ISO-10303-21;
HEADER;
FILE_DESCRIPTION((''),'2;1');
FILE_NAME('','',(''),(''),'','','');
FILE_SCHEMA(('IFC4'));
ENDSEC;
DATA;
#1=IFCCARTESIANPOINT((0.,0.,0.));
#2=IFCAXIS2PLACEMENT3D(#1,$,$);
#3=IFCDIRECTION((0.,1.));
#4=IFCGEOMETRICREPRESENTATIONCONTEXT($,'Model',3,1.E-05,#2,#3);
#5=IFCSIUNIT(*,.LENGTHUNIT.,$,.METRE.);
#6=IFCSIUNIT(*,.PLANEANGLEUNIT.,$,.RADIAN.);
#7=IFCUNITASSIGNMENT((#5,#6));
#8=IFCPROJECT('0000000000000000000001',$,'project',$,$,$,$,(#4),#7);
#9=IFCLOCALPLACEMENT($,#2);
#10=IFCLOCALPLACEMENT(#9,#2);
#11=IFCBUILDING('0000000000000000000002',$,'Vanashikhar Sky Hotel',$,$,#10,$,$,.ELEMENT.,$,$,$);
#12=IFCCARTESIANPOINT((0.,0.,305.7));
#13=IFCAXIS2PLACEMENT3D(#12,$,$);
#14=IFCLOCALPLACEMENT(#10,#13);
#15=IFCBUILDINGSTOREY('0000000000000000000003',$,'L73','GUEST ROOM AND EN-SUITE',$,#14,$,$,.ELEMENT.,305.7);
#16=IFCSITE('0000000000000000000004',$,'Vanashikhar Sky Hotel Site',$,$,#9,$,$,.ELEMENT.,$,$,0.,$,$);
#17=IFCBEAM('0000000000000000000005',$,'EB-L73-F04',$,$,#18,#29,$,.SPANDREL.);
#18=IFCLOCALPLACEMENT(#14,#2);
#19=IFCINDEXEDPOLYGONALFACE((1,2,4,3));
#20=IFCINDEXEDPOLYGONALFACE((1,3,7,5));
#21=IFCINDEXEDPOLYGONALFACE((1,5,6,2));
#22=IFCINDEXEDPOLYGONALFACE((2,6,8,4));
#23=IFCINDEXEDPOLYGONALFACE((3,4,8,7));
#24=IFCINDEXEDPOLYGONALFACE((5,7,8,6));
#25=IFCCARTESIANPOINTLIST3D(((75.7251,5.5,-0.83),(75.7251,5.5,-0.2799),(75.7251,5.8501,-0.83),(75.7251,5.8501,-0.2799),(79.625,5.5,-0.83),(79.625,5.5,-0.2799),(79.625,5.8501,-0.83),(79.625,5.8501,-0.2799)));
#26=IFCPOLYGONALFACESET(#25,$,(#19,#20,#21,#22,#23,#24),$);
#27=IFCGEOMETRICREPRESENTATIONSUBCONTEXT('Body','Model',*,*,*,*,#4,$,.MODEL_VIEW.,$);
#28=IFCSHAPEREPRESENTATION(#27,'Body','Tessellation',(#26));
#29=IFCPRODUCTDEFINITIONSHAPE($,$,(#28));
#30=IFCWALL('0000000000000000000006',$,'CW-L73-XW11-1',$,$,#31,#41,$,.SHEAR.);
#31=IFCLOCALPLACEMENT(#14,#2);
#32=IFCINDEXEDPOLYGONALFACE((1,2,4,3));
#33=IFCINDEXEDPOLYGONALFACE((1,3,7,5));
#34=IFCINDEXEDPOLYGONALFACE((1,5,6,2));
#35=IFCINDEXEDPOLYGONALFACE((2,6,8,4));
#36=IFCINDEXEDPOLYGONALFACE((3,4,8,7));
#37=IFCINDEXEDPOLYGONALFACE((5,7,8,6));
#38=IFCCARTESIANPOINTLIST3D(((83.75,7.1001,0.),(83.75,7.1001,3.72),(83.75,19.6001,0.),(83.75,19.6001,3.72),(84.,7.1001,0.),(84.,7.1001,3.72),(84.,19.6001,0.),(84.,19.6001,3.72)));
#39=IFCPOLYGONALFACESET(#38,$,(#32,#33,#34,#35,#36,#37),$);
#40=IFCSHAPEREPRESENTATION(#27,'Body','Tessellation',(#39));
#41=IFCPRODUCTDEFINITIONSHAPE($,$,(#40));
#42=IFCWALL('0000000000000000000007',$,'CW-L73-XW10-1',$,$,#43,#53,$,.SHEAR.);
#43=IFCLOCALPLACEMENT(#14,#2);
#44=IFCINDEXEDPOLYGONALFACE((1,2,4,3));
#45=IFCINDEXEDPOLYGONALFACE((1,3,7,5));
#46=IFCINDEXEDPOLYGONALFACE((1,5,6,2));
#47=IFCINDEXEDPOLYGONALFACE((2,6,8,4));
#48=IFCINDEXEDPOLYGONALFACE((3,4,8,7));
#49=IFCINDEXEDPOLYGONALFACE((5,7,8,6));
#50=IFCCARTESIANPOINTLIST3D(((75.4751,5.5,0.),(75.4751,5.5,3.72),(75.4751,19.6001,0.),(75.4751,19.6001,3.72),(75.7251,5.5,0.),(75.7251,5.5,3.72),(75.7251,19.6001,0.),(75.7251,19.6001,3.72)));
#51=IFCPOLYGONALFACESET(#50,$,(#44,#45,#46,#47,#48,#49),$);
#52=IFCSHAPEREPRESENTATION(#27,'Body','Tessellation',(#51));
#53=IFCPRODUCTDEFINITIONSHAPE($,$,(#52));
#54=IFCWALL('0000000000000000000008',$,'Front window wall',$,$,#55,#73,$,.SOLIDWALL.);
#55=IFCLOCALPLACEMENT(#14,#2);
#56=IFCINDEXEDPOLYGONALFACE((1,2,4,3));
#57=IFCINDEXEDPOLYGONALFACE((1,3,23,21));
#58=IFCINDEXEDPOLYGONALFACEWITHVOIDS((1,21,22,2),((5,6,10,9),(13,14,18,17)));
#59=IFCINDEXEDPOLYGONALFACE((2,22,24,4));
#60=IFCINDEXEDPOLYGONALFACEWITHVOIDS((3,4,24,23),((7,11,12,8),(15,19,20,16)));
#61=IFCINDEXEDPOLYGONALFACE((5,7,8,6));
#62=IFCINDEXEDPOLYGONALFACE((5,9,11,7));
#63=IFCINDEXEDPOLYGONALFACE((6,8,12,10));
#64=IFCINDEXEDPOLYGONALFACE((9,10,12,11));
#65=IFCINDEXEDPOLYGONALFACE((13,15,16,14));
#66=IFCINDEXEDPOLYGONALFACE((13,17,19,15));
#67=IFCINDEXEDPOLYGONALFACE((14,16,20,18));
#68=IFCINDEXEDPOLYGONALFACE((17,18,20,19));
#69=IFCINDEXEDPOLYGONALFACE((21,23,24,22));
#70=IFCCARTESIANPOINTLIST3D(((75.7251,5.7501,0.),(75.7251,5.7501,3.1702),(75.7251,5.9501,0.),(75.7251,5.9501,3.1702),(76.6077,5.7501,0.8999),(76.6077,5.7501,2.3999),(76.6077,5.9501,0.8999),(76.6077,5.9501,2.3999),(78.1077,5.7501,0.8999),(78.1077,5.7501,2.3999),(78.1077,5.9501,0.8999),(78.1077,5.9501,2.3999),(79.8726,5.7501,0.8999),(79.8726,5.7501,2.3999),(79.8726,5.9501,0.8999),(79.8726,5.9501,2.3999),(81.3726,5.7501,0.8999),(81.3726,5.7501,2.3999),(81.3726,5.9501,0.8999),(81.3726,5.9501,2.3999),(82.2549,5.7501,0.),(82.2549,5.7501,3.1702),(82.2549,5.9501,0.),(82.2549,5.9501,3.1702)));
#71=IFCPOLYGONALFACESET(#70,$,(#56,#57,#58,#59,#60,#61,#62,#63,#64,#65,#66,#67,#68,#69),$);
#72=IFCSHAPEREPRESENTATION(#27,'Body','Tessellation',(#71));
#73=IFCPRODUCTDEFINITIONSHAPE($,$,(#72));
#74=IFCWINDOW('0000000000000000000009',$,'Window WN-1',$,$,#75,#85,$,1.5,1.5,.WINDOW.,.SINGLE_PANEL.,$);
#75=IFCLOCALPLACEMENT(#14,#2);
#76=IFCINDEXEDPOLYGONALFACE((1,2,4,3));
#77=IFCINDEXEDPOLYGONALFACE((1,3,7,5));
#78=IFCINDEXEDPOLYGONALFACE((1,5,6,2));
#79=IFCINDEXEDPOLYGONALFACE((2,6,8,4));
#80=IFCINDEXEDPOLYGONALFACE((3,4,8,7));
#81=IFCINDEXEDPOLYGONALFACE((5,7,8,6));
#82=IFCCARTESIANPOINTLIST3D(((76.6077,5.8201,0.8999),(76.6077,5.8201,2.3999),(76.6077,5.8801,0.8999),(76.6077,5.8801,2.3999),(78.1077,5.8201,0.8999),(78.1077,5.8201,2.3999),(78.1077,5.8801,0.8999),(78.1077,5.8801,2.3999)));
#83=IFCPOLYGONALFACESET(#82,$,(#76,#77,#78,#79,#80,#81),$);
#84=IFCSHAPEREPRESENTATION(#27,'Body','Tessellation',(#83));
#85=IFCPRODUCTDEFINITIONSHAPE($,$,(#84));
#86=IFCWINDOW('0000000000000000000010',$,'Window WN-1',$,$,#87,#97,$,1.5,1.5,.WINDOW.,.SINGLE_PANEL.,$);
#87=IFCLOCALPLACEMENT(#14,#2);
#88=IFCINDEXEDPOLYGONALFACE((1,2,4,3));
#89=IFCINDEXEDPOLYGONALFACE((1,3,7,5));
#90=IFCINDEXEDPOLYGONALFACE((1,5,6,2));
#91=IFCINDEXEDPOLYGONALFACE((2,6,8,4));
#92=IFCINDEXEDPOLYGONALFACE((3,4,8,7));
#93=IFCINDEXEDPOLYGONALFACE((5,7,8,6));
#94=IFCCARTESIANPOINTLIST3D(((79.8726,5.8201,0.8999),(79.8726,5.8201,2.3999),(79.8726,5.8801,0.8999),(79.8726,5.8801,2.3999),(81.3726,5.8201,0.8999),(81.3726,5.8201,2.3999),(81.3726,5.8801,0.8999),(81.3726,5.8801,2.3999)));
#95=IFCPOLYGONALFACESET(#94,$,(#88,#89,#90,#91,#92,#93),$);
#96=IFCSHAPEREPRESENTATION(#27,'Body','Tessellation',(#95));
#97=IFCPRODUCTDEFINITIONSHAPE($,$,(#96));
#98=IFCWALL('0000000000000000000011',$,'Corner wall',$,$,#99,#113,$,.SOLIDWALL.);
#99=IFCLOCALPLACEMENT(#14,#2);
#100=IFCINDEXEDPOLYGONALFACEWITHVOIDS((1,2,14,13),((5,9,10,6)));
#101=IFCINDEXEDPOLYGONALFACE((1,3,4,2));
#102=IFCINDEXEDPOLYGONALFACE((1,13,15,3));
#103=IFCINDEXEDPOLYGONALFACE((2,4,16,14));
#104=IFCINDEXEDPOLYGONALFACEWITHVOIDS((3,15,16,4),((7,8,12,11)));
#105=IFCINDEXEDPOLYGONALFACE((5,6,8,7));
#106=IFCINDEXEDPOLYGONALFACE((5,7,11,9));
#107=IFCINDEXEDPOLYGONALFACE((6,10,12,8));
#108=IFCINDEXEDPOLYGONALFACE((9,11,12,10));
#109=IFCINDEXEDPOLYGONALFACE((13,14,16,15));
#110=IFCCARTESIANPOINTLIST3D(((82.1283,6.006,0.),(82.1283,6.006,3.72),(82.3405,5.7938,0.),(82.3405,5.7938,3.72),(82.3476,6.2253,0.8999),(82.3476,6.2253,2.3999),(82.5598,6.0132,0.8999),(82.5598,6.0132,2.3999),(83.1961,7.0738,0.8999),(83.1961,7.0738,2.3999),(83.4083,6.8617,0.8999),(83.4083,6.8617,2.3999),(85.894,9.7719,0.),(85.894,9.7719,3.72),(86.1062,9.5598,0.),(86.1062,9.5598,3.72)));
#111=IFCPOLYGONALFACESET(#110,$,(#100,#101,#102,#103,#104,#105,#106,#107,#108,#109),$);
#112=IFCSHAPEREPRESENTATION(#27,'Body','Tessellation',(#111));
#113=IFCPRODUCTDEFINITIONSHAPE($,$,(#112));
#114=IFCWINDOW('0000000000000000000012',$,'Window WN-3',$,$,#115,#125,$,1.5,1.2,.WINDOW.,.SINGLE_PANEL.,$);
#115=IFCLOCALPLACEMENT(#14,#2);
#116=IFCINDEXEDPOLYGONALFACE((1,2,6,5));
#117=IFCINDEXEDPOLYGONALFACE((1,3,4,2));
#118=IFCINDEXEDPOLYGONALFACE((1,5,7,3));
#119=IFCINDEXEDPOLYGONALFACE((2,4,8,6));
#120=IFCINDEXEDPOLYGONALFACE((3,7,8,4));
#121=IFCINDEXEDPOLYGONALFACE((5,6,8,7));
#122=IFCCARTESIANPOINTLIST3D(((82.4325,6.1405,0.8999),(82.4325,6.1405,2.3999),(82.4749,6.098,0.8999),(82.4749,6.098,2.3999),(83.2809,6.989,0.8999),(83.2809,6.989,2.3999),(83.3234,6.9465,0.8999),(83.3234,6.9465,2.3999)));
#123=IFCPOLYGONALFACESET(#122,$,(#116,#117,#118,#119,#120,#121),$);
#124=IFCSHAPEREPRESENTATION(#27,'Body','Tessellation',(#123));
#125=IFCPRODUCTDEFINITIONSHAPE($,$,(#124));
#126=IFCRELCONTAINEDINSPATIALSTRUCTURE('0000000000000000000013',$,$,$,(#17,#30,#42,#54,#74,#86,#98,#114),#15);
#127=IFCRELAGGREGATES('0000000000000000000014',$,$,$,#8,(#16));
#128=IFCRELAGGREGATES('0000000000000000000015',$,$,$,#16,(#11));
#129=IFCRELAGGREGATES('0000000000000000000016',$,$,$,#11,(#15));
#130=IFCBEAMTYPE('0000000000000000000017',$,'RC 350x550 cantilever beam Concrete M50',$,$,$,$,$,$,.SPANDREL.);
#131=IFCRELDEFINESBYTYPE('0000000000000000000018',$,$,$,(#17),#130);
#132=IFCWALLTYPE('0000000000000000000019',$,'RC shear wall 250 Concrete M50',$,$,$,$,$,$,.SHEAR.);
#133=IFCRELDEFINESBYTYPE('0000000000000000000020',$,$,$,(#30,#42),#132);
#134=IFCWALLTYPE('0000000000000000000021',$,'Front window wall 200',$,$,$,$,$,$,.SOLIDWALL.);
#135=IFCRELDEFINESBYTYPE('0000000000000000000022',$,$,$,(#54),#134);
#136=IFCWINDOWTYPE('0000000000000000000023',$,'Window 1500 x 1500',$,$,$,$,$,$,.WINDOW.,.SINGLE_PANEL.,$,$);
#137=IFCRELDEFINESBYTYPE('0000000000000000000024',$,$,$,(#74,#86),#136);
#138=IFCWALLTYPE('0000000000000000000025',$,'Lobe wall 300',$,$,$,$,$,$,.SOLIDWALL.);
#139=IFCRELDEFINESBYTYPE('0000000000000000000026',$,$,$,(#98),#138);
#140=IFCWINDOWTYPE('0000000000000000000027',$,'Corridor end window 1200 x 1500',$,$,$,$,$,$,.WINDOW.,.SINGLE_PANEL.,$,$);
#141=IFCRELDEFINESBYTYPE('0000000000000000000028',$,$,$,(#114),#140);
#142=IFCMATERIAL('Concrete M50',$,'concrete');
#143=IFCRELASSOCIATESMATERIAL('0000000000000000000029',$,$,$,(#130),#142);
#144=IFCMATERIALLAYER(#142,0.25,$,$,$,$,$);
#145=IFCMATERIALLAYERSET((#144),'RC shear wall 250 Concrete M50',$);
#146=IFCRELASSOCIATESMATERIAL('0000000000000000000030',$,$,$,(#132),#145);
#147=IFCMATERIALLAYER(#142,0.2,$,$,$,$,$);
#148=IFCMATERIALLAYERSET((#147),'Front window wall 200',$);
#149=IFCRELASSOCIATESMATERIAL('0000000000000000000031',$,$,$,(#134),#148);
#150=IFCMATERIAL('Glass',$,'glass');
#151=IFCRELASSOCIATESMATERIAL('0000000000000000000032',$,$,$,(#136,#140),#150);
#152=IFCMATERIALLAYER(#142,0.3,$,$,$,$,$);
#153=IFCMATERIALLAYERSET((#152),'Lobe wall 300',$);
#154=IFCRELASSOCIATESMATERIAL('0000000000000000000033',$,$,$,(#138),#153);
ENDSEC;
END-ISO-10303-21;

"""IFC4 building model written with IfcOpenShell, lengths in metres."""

from ifc_helpers import new_model, si_unit, direction, frame, frame_2d, origin, origin_2d, place, context, subcontext, project, spatial, rectangle, extrude, source, transform, mapped, material, layer, layer_set, material_profile, profile_set, type_object, element, fill, save


model = new_model("IFC4")

# Units and contexts
model_context = context("Model", 3, precision=1e-05, world=origin(), true_north=direction((0.0, 1.0)))
body_context = subcontext(model_context, "Body", "Model", "MODEL_VIEW")
ifc_project = project(units=[si_unit("LENGTHUNIT", "METRE"), si_unit("PLANEANGLEUNIT", "RADIAN")], contexts=[model_context])

# Site, building, storey
site_placement = place(None, origin())
site = spatial("IfcSite", under=ifc_project, at=site_placement, Name="Vanashikhar Sky Hotel Site", CompositionType="ELEMENT", RefElevation=0.0)
building_placement = place(site_placement, origin())
building = spatial("IfcBuilding", under=site, at=building_placement, Name="Vanashikhar Sky Hotel", CompositionType="ELEMENT")
storey_placement = place(building_placement, frame((0.0, 0.0, 305.7)))
storey = spatial("IfcBuildingStorey", under=building, at=storey_placement, Name="L73", Description="GUEST ROOM AND EN-SUITE", CompositionType="ELEMENT", Elevation=305.7)

# Beam
ifc_material_1 = material(Name="Concrete M50", Category="concrete")
ifc_material_profile = material_profile(ifc_material_1, rectangle(XDim=0.3501, YDim=0.55, at=origin_2d()))
ifc_profile_set = profile_set([ifc_material_profile], Name="RC 350x550 cantilever beam Concrete M50")
beam_type = type_object("IfcBeamType", Name="RC 350x550 cantilever beam Concrete M50", PredefinedType="SPANDREL", material=ifc_profile_set)
shared_shape_1 = source(origin(), body_context, "Body", "SweptSolid", [
    extrude(rectangle(XDim=0.3501, YDim=0.55, at=origin_2d()), origin(), (0.0, 0.0, 1.0), 3.8999),
])
beam_placement = place(storey_placement, frame((75.7251, 5.675, -0.5549), z_axis=(1.0, 0.0, 0.0), x_axis=(0.0, 1.0, 0.0)))
element("IfcBeam", 1, at=beam_placement, inside=storey, type_object=beam_type, Name="EB-L73-F04", PredefinedType="SPANDREL", context=body_context, shape_type="MappedRepresentation", body=[
    mapped(shared_shape_1, transform((0.0, 0.0, 0.0), scale=1.0)),
])

# Walls
ifc_layer_1 = layer(ifc_material_1, 0.25)
ifc_layer_set_1 = layer_set([ifc_layer_1], Name="RC shear wall 250 Concrete M50")
wall_type_1 = type_object("IfcWallType", Name="RC shear wall 250 Concrete M50", PredefinedType="SHEAR", material=ifc_layer_set_1)
shared_shape_2 = source(origin(), body_context, "Body", "SweptSolid", [
    extrude(rectangle(XDim=12.5, YDim=0.25, at=frame_2d((6.25, 0.0))), origin(), (0.0, 0.0, 1.0), 3.72),
])
wall_1_placement = place(storey_placement, frame((83.875, 7.1001, 0.0), z_axis=(0.0, 0.0, 1.0), x_axis=(0.0, 1.0, 0.0)))
element("IfcWall", 2, at=wall_1_placement, inside=storey, type_object=wall_type_1, Name="CW-L73-XW11-1", PredefinedType="SHEAR", context=body_context, shape_type="MappedRepresentation", body=[
    mapped(shared_shape_2, transform((0.0, 0.0, 0.0), scale=1.0)),
])
shared_shape_3 = source(origin(), body_context, "Body", "SweptSolid", [
    extrude(rectangle(XDim=14.1001, YDim=0.25, at=frame_2d((7.05, 0.0))), origin(), (0.0, 0.0, 1.0), 3.72),
])
wall_2_placement = place(storey_placement, frame((75.6001, 5.5, 0.0), z_axis=(0.0, 0.0, 1.0), x_axis=(0.0, 1.0, 0.0)))
element("IfcWall", 3, at=wall_2_placement, inside=storey, type_object=wall_type_1, Name="CW-L73-XW10-1", PredefinedType="SHEAR", context=body_context, shape_type="MappedRepresentation", body=[
    mapped(shared_shape_3, transform((0.0, 0.0, 0.0), scale=1.0)),
])

# Wall, openings, windows
ifc_layer_2 = layer(ifc_material_1, 0.2)
ifc_layer_set_2 = layer_set([ifc_layer_2], Name="Front window wall 200")
wall_type_2 = type_object("IfcWallType", Name="Front window wall 200", PredefinedType="SOLIDWALL", material=ifc_layer_set_2)
shared_shape_4 = source(origin(), body_context, "Body", "SweptSolid", [
    extrude(rectangle(XDim=6.5298, YDim=0.2, at=frame_2d((3.2649, 0.0))), origin(), (0.0, 0.0, 1.0), 3.1702),
])
wall_3_placement = place(storey_placement, frame((75.7251, 5.8501, 0.0), z_axis=(0.0, 0.0, 1.0), x_axis=(1.0, 0.0, 0.0)))
wall_3 = element("IfcWall", 4, at=wall_3_placement, inside=storey, type_object=wall_type_2, Name="Front window wall", PredefinedType="SOLIDWALL", context=body_context, shape_type="MappedRepresentation", body=[
    mapped(shared_shape_4, transform((0.0, 0.0, 0.0), scale=1.0)),
])
shared_shape_5 = source(origin(), body_context, "Body", "SweptSolid", [
    extrude(rectangle(XDim=1.5, YDim=1.5, at=frame_2d((0.75, 0.75))), frame((0.0, 0.1099, 0.0), z_axis=(0.0, -1.0, 0.0), x_axis=(1.0, 0.0, 0.0)), (0.0, 0.0, 1.0), 0.22),
])
opening_1_placement = place(wall_3_placement, frame((0.8826, 0.0, 0.8999)))
opening_1 = element("IfcOpeningElement", 5, at=opening_1_placement, cuts=wall_3, PredefinedType="OPENING", context=body_context, shape_type="MappedRepresentation", body=[
    mapped(shared_shape_5, transform((0.0, 0.0, 0.0), scale=1.0)),
])
opening_2_placement = place(wall_3_placement, frame((4.1475, 0.0, 0.8999)))
opening_2 = element("IfcOpeningElement", 6, at=opening_2_placement, cuts=wall_3, PredefinedType="OPENING", context=body_context, shape_type="MappedRepresentation", body=[
    mapped(shared_shape_5, transform((0.0, 0.0, 0.0), scale=1.0)),
])
ifc_material_2 = material(Name="Glass", Category="glass")
window_type_1 = type_object("IfcWindowType", Name="Window 1500 x 1500", PartitioningType="SINGLE_PANEL", PredefinedType="WINDOW", material=ifc_material_2)
shared_shape_6 = source(origin(), body_context, "Body", "SweptSolid", [
    extrude(rectangle(XDim=1.5, YDim=1.5, at=frame_2d((0.75, 0.75))), frame((0.0, 0.03, 0.0), z_axis=(0.0, -1.0, 0.0), x_axis=(1.0, 0.0, 0.0)), (0.0, 0.0, 1.0), 0.0601),
])
window_1_placement = place(opening_1_placement, origin())
window_1 = element("IfcWindow", 7, at=window_1_placement, inside=storey, type_object=window_type_1, Name="Window WN-1", OverallHeight=1.5, OverallWidth=1.5, PartitioningType="SINGLE_PANEL", PredefinedType="WINDOW", context=body_context, shape_type="MappedRepresentation", body=[
    mapped(shared_shape_6, transform((0.0, 0.0, 0.0), scale=1.0)),
])
fill(opening_1, window_1)
window_2_placement = place(opening_2_placement, origin())
window_2 = element("IfcWindow", 8, at=window_2_placement, inside=storey, type_object=window_type_1, Name="Window WN-1", OverallHeight=1.5, OverallWidth=1.5, PartitioningType="SINGLE_PANEL", PredefinedType="WINDOW", context=body_context, shape_type="MappedRepresentation", body=[
    mapped(shared_shape_6, transform((0.0, 0.0, 0.0), scale=1.0)),
])
fill(opening_2, window_2)

# Wall, opening, window
ifc_layer_3 = layer(ifc_material_1, 0.3)
ifc_layer_set_3 = layer_set([ifc_layer_3], Name="Lobe wall 300")
wall_type_3 = type_object("IfcWallType", Name="Lobe wall 300", PredefinedType="SOLIDWALL", material=ifc_layer_set_3)
shared_shape_7 = source(origin(), body_context, "Body", "SweptSolid", [
    extrude(rectangle(XDim=5.3257, YDim=0.3, at=frame_2d((2.6628, 0.0))), origin(), (0.0, 0.0, 1.0), 3.72),
])
wall_4_placement = place(storey_placement, frame((82.2344, 5.8999, 0.0), z_axis=(0.0, 0.0, 1.0), x_axis=(0.707084, 0.70713, 0.0)))
wall_4 = element("IfcWall", 9, at=wall_4_placement, inside=storey, type_object=wall_type_3, Name="Corner wall", PredefinedType="SOLIDWALL", context=body_context, shape_type="MappedRepresentation", body=[
    mapped(shared_shape_7, transform((0.0, 0.0, 0.0), scale=1.0)),
])
shared_shape_8 = source(origin(), body_context, "Body", "SweptSolid", [
    extrude(rectangle(XDim=1.2, YDim=1.5, at=frame_2d((0.6001, 0.75))), frame((0.0, 0.1602, 0.0), z_axis=(0.0, -1.0, 0.0), x_axis=(1.0, 0.0, 0.0)), (0.0, 0.0, 1.0), 0.3201),
])
opening_3_placement = place(wall_4_placement, frame((0.3101, 0.0, 0.8999)))
opening_3 = element("IfcOpeningElement", 10, at=opening_3_placement, cuts=wall_4, PredefinedType="OPENING", context=body_context, shape_type="MappedRepresentation", body=[
    mapped(shared_shape_8, transform((0.0, 0.0, 0.0), scale=1.0)),
])
window_type_2 = type_object("IfcWindowType", Name="Corridor end window 1200 x 1500", PartitioningType="SINGLE_PANEL", PredefinedType="WINDOW", material=ifc_material_2)
shared_shape_9 = source(origin(), body_context, "Body", "SweptSolid", [
    extrude(rectangle(XDim=1.2, YDim=1.5, at=frame_2d((0.6001, 0.75))), frame((0.0, 0.03, 0.0), z_axis=(0.0, -1.0, 0.0), x_axis=(1.0, 0.0, 0.0)), (0.0, 0.0, 1.0), 0.0601),
])
window_3_placement = place(opening_3_placement, origin())
window_3 = element("IfcWindow", 11, at=window_3_placement, inside=storey, type_object=window_type_2, Name="Window WN-3", OverallHeight=1.5, OverallWidth=1.2, PartitioningType="SINGLE_PANEL", PredefinedType="WINDOW", context=body_context, shape_type="MappedRepresentation", body=[
    mapped(shared_shape_9, transform((0.0, 0.0, 0.0), scale=1.0)),
])
fill(opening_3, window_3)

save(model, "model.ifc")
